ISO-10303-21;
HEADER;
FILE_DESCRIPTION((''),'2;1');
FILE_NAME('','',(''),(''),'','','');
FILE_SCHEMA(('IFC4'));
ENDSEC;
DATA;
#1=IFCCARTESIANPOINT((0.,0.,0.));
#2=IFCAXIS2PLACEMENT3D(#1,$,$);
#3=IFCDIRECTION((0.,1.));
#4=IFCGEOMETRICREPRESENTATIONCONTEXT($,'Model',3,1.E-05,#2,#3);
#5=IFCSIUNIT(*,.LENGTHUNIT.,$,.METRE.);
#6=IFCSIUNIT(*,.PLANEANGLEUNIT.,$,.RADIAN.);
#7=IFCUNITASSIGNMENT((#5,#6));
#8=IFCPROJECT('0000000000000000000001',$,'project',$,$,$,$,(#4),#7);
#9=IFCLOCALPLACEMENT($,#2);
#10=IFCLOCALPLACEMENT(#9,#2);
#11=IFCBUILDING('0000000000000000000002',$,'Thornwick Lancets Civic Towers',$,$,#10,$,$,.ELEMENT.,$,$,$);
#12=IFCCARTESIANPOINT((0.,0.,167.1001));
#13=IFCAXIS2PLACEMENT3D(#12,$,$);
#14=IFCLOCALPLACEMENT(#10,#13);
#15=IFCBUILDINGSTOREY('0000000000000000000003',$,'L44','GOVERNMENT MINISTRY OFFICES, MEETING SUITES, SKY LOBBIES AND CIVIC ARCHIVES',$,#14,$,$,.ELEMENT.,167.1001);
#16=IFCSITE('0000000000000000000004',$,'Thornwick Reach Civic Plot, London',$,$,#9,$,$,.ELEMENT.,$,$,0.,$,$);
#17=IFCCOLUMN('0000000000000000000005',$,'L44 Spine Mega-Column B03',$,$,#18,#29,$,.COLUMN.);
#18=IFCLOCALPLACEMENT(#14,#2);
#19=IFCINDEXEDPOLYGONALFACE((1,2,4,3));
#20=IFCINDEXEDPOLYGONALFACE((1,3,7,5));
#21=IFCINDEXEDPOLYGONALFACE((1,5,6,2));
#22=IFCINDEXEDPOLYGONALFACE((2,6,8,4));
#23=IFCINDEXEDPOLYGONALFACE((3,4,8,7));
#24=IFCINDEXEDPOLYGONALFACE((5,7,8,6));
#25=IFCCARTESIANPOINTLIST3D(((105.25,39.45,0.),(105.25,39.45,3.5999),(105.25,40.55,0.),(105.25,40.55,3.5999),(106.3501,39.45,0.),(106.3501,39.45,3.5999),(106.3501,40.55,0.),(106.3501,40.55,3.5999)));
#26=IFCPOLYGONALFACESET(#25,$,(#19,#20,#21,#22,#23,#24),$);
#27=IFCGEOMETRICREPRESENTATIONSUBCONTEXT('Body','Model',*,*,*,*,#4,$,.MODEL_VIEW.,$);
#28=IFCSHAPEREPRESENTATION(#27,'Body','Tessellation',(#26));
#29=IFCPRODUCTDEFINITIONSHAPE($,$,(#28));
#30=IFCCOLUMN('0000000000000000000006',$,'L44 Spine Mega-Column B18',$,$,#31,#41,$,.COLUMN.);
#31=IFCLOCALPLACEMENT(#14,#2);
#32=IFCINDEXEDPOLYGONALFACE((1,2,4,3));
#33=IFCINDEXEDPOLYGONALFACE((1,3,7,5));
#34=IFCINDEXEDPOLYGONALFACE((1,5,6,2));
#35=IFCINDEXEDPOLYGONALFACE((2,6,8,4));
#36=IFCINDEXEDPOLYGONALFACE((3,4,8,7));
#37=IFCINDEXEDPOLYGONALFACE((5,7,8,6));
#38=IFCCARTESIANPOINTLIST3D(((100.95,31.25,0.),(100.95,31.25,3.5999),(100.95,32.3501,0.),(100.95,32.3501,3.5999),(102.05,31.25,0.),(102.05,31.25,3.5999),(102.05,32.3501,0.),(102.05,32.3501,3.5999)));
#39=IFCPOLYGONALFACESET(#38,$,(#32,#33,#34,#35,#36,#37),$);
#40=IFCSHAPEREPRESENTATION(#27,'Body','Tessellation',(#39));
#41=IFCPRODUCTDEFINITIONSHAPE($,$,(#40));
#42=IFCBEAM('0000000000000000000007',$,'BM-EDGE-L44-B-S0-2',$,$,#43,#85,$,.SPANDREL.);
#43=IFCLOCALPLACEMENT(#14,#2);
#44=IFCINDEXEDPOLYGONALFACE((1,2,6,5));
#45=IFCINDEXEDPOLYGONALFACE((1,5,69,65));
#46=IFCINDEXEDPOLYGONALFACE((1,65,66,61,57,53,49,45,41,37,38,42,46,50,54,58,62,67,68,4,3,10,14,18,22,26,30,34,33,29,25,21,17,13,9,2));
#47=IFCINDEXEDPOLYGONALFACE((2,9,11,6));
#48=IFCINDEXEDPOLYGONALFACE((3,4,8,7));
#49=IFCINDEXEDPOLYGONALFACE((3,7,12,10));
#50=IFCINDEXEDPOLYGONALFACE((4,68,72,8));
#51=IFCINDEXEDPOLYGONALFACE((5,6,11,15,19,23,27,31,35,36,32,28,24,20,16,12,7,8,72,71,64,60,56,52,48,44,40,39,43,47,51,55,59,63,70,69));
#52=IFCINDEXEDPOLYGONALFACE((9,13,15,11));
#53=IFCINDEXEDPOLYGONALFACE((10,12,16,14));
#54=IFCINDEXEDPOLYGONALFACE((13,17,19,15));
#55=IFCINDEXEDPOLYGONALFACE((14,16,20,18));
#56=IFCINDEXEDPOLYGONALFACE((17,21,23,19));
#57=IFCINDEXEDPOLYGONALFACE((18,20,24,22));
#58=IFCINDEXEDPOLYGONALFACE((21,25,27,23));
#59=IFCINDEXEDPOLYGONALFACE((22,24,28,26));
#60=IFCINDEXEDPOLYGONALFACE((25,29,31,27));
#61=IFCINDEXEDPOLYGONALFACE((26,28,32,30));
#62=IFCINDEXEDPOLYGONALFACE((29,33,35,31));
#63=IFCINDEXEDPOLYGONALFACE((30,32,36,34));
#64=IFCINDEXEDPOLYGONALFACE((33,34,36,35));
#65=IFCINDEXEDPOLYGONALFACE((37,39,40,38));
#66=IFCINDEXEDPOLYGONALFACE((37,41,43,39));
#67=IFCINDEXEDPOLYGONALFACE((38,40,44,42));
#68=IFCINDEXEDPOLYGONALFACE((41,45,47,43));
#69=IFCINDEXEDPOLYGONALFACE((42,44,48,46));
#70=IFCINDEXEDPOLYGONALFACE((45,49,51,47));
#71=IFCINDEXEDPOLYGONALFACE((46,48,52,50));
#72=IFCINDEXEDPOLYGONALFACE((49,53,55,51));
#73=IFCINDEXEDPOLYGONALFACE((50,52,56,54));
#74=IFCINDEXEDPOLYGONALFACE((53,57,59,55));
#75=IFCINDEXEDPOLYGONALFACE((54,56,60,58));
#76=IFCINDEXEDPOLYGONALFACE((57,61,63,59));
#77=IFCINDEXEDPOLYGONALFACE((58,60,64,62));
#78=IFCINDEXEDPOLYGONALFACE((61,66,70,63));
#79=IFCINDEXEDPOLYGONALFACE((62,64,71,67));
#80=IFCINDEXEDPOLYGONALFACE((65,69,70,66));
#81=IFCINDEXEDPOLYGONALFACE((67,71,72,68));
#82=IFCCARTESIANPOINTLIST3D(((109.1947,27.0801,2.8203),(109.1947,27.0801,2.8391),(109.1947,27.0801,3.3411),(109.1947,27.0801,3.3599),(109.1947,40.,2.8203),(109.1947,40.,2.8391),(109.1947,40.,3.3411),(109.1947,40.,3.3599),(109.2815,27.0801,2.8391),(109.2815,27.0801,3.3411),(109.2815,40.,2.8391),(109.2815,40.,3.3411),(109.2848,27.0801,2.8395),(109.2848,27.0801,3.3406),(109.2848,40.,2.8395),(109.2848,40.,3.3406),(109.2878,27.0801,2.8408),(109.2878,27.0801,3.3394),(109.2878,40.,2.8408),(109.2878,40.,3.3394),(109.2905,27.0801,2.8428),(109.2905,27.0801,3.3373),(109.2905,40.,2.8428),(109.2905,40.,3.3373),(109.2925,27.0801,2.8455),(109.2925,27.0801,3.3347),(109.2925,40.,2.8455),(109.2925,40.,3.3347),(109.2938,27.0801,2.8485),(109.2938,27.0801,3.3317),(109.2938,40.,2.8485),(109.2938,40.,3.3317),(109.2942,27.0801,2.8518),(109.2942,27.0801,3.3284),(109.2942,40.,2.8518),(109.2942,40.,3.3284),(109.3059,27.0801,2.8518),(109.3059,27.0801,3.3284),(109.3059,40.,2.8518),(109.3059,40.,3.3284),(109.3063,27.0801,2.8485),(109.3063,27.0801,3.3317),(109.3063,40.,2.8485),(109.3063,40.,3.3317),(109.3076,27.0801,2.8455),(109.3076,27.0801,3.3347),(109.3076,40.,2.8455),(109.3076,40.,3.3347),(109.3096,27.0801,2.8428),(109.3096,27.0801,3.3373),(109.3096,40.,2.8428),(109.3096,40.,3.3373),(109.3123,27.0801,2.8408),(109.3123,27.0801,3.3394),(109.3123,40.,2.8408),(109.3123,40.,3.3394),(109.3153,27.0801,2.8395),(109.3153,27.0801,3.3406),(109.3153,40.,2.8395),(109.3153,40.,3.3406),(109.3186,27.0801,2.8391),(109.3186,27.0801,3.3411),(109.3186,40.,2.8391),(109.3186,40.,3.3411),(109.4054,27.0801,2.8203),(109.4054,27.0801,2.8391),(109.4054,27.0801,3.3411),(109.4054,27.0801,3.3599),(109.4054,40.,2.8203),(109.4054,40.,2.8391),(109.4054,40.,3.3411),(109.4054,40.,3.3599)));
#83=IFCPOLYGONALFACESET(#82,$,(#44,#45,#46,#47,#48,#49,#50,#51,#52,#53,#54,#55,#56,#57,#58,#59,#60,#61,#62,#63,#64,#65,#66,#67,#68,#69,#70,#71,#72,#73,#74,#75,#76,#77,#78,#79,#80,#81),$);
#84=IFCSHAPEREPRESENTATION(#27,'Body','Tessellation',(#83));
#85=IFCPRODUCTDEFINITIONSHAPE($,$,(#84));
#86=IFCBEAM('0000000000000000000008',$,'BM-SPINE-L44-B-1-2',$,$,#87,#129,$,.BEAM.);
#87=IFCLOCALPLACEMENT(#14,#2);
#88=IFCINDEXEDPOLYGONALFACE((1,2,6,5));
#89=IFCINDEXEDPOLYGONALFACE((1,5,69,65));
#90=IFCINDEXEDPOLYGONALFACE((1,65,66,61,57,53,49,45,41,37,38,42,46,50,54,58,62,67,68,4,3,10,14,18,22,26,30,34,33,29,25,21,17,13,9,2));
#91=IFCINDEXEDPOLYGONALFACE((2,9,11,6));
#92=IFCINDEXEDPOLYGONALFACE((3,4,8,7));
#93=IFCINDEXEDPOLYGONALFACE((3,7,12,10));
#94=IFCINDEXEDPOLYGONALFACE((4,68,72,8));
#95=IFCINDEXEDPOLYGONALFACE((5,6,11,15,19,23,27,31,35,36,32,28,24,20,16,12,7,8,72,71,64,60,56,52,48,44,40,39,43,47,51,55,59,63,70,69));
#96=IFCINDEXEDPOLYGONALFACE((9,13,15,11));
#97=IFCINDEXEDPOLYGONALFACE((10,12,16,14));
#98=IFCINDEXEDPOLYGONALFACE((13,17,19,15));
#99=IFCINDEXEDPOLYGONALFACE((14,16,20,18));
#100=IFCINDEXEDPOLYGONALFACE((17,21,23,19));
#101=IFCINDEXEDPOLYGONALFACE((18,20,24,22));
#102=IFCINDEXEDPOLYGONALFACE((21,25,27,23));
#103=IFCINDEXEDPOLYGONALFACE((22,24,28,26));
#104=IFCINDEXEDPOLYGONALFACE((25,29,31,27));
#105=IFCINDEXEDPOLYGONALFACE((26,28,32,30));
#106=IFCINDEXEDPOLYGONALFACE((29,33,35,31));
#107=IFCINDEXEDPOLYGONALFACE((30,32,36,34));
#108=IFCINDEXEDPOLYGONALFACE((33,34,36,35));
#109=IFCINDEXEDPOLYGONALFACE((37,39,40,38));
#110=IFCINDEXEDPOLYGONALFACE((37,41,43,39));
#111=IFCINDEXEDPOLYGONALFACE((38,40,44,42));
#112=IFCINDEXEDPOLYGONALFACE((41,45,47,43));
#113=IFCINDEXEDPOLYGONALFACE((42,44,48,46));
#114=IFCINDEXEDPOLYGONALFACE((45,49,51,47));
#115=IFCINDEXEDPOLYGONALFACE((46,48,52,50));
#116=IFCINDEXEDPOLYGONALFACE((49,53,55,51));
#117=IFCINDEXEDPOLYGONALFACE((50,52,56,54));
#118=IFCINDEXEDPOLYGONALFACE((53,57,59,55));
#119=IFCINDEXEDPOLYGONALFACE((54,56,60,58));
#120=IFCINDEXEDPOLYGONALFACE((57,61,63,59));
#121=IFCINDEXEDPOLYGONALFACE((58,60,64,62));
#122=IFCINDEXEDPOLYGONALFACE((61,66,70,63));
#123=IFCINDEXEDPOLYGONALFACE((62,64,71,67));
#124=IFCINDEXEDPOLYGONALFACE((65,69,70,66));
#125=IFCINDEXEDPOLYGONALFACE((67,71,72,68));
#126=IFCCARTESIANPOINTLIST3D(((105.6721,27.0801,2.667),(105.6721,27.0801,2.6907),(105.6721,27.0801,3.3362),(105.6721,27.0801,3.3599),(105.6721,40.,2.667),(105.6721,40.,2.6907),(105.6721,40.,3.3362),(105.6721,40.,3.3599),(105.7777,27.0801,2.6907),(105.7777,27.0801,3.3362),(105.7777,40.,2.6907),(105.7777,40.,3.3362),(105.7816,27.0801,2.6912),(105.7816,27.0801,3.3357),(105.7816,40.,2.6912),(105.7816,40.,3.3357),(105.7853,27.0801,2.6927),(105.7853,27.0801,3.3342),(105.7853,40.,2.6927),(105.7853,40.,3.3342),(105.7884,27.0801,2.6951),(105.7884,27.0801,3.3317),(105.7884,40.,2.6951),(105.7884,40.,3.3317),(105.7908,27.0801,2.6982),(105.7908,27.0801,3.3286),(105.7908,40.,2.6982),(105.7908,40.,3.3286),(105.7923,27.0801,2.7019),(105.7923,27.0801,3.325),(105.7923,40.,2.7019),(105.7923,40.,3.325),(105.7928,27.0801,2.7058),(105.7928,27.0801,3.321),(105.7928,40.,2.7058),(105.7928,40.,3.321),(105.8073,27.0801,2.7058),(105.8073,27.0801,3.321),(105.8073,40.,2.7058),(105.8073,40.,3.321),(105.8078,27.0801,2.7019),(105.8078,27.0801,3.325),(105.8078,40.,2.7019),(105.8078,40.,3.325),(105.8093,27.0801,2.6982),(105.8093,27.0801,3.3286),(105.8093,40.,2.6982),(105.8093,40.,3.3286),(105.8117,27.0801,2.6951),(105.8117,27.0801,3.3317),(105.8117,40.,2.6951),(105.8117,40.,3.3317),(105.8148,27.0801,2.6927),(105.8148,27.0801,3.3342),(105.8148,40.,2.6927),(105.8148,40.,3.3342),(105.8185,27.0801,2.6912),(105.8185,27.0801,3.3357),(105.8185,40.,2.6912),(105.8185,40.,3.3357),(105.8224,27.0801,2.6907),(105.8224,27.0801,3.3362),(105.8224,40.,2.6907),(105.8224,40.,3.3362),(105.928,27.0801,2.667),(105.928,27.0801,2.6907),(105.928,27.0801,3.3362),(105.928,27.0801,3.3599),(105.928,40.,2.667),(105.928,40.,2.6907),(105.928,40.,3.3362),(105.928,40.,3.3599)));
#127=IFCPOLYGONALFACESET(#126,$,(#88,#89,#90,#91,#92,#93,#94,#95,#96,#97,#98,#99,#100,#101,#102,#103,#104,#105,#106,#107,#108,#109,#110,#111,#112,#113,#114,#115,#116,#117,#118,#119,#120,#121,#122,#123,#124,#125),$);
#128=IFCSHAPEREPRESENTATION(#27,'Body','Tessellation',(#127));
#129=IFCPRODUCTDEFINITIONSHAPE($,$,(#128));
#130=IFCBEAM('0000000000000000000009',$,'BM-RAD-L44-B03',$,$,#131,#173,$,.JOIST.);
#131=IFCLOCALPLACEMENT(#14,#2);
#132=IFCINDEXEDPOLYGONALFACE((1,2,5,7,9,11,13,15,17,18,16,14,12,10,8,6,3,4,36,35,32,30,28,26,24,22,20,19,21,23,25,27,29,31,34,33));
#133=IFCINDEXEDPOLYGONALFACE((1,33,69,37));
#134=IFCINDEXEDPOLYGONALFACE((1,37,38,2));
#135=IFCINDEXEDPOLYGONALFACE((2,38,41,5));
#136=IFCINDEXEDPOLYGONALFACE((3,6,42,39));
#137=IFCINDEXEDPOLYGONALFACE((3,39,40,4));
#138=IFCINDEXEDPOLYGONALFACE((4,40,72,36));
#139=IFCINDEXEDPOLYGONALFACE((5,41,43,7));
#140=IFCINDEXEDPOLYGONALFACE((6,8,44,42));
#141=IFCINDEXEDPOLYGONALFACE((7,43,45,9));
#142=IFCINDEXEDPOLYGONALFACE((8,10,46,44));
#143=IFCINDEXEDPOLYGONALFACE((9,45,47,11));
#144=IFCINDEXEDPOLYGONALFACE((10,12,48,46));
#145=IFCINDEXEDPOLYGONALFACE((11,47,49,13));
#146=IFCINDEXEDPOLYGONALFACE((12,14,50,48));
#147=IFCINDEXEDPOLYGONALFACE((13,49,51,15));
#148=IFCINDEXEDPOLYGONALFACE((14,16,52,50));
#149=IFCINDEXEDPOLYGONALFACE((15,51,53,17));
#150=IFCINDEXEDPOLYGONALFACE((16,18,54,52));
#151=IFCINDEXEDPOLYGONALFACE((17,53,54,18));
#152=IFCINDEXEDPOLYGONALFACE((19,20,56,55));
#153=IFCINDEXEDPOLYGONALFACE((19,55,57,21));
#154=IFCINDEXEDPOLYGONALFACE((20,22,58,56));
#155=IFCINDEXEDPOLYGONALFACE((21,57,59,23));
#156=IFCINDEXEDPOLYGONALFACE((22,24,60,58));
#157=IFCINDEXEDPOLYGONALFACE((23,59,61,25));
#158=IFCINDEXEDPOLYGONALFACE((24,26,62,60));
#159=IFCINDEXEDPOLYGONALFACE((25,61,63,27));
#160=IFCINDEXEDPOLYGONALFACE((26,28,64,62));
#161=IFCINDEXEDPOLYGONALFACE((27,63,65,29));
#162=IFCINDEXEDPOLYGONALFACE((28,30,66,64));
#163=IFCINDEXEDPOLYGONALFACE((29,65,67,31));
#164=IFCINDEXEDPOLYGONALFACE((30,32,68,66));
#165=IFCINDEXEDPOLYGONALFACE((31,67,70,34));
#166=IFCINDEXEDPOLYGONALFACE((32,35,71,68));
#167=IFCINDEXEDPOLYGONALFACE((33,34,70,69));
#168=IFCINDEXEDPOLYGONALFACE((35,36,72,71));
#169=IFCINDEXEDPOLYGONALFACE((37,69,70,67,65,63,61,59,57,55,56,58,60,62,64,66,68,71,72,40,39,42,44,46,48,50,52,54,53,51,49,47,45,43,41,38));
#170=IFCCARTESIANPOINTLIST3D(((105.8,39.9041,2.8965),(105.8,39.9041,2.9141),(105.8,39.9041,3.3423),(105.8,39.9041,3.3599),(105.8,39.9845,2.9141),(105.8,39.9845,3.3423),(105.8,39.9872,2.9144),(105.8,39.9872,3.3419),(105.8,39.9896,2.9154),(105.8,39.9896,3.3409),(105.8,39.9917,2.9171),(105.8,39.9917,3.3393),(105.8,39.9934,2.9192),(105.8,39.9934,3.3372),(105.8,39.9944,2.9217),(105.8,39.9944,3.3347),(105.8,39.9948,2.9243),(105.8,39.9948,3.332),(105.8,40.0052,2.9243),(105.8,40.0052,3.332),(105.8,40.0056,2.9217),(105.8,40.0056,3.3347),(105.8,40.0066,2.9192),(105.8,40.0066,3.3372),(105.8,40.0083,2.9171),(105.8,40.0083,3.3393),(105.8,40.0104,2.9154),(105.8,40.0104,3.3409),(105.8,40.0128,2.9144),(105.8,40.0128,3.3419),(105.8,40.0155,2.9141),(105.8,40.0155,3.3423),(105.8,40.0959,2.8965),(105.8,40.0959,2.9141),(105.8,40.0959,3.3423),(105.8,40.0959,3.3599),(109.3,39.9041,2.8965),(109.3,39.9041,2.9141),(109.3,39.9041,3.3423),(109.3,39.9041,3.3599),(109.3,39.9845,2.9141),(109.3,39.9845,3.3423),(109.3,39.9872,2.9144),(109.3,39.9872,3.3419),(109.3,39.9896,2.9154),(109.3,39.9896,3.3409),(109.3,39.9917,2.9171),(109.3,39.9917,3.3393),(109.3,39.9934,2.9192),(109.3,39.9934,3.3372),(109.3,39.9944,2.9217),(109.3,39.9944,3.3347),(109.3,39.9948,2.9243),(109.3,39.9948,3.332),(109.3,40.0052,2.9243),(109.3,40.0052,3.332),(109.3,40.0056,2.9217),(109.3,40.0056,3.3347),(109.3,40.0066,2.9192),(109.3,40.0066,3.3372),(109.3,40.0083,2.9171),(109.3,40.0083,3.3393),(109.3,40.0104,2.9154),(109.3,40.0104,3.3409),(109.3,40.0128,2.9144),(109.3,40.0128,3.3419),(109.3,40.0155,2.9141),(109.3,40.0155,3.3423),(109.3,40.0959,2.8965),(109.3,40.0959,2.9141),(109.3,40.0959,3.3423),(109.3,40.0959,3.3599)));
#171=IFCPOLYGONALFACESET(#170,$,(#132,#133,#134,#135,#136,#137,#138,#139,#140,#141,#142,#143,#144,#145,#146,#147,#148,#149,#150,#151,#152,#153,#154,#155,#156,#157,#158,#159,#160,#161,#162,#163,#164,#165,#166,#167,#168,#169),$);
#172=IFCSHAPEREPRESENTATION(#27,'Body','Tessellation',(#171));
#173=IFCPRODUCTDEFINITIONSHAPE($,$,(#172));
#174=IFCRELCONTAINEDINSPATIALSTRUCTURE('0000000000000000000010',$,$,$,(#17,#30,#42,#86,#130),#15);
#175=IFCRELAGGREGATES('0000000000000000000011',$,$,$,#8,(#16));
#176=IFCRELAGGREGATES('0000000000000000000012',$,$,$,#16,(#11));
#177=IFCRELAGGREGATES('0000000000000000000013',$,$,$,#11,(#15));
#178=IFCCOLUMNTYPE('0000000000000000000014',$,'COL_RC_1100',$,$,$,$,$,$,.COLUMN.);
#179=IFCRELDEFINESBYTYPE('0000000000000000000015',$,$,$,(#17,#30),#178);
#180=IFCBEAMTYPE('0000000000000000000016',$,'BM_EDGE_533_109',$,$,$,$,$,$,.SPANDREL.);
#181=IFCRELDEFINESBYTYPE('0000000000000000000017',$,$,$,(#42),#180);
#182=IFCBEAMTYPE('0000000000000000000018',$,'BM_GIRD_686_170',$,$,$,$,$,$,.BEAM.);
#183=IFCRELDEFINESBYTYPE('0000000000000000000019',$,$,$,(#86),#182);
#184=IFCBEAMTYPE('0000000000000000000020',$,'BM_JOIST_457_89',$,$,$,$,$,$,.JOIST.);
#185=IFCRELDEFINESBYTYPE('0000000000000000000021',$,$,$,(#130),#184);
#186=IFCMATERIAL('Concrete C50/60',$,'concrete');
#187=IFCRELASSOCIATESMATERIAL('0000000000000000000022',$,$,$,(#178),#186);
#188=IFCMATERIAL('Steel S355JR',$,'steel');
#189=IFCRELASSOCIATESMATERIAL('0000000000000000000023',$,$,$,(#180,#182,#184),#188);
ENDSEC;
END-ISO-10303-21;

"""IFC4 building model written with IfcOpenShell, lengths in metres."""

from ifc_helpers import new_model, si_unit, direction, frame, origin, origin_2d, place, context, subcontext, project, spatial, rectangle, i_section, extrude, material, material_profile, profile_set, type_object, element, save


model = new_model("IFC4")

# Units and contexts
model_context = context("Model", 3, precision=1e-05, world=origin(), true_north=direction((0.0, 1.0)))
body_context = subcontext(model_context, "Body", "Model", "MODEL_VIEW")
ifc_project = project(units=[si_unit("LENGTHUNIT", "METRE"), si_unit("PLANEANGLEUNIT", "RADIAN")], contexts=[model_context])

# Site, building, storey
site_placement = place(None, origin())
site = spatial("IfcSite", under=ifc_project, at=site_placement, Name="Thornwick Reach Civic Plot, London", CompositionType="ELEMENT", RefElevation=0.0)
building_placement = place(site_placement, origin())
building = spatial("IfcBuilding", under=site, at=building_placement, Name="Thornwick Lancets Civic Towers", CompositionType="ELEMENT")
storey_placement = place(building_placement, frame((0.0, 0.0, 167.1001)))
storey = spatial("IfcBuildingStorey", under=building, at=storey_placement, Name="L44", Description="GOVERNMENT MINISTRY OFFICES, MEETING SUITES, SKY LOBBIES AND CIVIC ARCHIVES", CompositionType="ELEMENT", Elevation=167.1001)

# Columns
ifc_material_1 = material(Name="Concrete C50/60", Category="concrete")
ifc_material_profile_1 = material_profile(ifc_material_1, rectangle(XDim=1.1001, YDim=1.1001, at=origin_2d()), Name="RC 1100x1100")
ifc_profile_set_1 = profile_set([ifc_material_profile_1], Name="Concrete C50/60")
column_type = type_object("IfcColumnType", Name="COL_RC_1100", PredefinedType="COLUMN", material=ifc_profile_set_1)
for number, where, z_axis, x_axis, name in (
    (1, (105.8, 40.0, 0.0), (0.0, 0.0, 1.0), (1.0, 0.0, 0.0), "L44 Spine Mega-Column B03"),
    (2, (101.5, 31.8, 0.0), (0.0, 0.0, 1.0), (1.0, 0.0, 0.0), "L44 Spine Mega-Column B18"),
):
    element("IfcColumn", number, at=place(storey_placement, frame(where, z_axis=z_axis, x_axis=x_axis)), inside=storey, type_object=column_type, Name=name, PredefinedType="COLUMN", context=body_context, shape_type="SweptSolid", body=[
        extrude(rectangle(XDim=1.1001, YDim=1.1001, at=origin_2d()), origin(), (0.0, 0.0, 1.0), 3.5999),
    ])

# Beams
ifc_material_2 = material(Name="Steel S355JR", Category="steel")
ifc_material_profile_2 = material_profile(ifc_material_2, i_section(OverallWidth=0.2107, OverallDepth=0.5396, WebThickness=0.0117, FlangeThickness=0.0188, FilletRadius=0.0127, at=origin_2d()), Name="UKB 533x210x109")
ifc_profile_set_2 = profile_set([ifc_material_profile_2], Name="Steel S355JR")
beam_type_1 = type_object("IfcBeamType", Name="BM_EDGE_533_109", PredefinedType="SPANDREL", material=ifc_profile_set_2)
beam_1_placement = place(storey_placement, frame((109.3, 27.0801, 3.0901), z_axis=(0.0, 1.0, 0.0), x_axis=(-1.0, 0.0, 0.0)))
element("IfcBeam", 3, at=beam_1_placement, inside=storey, type_object=beam_type_1, Name="BM-EDGE-L44-B-S0-2", PredefinedType="SPANDREL", context=body_context, shape_type="SweptSolid", body=[
    extrude(i_section(OverallWidth=0.2107, OverallDepth=0.5396, WebThickness=0.0117, FlangeThickness=0.0188, FilletRadius=0.0127, at=origin_2d()), origin(), (0.0, 0.0, 1.0), 12.9199),
])
ifc_material_profile_3 = material_profile(ifc_material_2, i_section(OverallWidth=0.2559, OverallDepth=0.6929, WebThickness=0.0144, FlangeThickness=0.0237, FilletRadius=0.0151, at=origin_2d()), Name="UKB 686x254x170")
ifc_profile_set_3 = profile_set([ifc_material_profile_3], Name="Steel S355JR")
beam_type_2 = type_object("IfcBeamType", Name="BM_GIRD_686_170", PredefinedType="BEAM", material=ifc_profile_set_3)
beam_2_placement = place(storey_placement, frame((105.8, 27.0801, 3.0134), z_axis=(0.0, 1.0, 0.0), x_axis=(-1.0, 0.0, 0.0)))
element("IfcBeam", 4, at=beam_2_placement, inside=storey, type_object=beam_type_2, Name="BM-SPINE-L44-B-1-2", PredefinedType="BEAM", context=body_context, shape_type="SweptSolid", body=[
    extrude(i_section(OverallWidth=0.2559, OverallDepth=0.6929, WebThickness=0.0144, FlangeThickness=0.0237, FilletRadius=0.0151, at=origin_2d()), origin(), (0.0, 0.0, 1.0), 12.9199),
])
ifc_material_profile_4 = material_profile(ifc_material_2, i_section(OverallWidth=0.1919, OverallDepth=0.4634, WebThickness=0.0105, FlangeThickness=0.0176, FilletRadius=0.0103, at=origin_2d()), Name="UKB 457x191x89")
ifc_profile_set_4 = profile_set([ifc_material_profile_4], Name="Steel S355JR")
beam_type_3 = type_object("IfcBeamType", Name="BM_JOIST_457_89", PredefinedType="JOIST", material=ifc_profile_set_4)
beam_3_placement = place(storey_placement, frame((105.8, 40.0, 3.1282), z_axis=(1.0, 0.0, 0.0), x_axis=(0.0, 1.0, 0.0)))
element("IfcBeam", 5, at=beam_3_placement, inside=storey, type_object=beam_type_3, Name="BM-RAD-L44-B03", PredefinedType="JOIST", context=body_context, shape_type="SweptSolid", body=[
    extrude(i_section(OverallWidth=0.1919, OverallDepth=0.4634, WebThickness=0.0105, FlangeThickness=0.0176, FilletRadius=0.0103, at=origin_2d()), origin(), (0.0, 0.0, 1.0), 3.5),
])

save(model, "model.ifc")
